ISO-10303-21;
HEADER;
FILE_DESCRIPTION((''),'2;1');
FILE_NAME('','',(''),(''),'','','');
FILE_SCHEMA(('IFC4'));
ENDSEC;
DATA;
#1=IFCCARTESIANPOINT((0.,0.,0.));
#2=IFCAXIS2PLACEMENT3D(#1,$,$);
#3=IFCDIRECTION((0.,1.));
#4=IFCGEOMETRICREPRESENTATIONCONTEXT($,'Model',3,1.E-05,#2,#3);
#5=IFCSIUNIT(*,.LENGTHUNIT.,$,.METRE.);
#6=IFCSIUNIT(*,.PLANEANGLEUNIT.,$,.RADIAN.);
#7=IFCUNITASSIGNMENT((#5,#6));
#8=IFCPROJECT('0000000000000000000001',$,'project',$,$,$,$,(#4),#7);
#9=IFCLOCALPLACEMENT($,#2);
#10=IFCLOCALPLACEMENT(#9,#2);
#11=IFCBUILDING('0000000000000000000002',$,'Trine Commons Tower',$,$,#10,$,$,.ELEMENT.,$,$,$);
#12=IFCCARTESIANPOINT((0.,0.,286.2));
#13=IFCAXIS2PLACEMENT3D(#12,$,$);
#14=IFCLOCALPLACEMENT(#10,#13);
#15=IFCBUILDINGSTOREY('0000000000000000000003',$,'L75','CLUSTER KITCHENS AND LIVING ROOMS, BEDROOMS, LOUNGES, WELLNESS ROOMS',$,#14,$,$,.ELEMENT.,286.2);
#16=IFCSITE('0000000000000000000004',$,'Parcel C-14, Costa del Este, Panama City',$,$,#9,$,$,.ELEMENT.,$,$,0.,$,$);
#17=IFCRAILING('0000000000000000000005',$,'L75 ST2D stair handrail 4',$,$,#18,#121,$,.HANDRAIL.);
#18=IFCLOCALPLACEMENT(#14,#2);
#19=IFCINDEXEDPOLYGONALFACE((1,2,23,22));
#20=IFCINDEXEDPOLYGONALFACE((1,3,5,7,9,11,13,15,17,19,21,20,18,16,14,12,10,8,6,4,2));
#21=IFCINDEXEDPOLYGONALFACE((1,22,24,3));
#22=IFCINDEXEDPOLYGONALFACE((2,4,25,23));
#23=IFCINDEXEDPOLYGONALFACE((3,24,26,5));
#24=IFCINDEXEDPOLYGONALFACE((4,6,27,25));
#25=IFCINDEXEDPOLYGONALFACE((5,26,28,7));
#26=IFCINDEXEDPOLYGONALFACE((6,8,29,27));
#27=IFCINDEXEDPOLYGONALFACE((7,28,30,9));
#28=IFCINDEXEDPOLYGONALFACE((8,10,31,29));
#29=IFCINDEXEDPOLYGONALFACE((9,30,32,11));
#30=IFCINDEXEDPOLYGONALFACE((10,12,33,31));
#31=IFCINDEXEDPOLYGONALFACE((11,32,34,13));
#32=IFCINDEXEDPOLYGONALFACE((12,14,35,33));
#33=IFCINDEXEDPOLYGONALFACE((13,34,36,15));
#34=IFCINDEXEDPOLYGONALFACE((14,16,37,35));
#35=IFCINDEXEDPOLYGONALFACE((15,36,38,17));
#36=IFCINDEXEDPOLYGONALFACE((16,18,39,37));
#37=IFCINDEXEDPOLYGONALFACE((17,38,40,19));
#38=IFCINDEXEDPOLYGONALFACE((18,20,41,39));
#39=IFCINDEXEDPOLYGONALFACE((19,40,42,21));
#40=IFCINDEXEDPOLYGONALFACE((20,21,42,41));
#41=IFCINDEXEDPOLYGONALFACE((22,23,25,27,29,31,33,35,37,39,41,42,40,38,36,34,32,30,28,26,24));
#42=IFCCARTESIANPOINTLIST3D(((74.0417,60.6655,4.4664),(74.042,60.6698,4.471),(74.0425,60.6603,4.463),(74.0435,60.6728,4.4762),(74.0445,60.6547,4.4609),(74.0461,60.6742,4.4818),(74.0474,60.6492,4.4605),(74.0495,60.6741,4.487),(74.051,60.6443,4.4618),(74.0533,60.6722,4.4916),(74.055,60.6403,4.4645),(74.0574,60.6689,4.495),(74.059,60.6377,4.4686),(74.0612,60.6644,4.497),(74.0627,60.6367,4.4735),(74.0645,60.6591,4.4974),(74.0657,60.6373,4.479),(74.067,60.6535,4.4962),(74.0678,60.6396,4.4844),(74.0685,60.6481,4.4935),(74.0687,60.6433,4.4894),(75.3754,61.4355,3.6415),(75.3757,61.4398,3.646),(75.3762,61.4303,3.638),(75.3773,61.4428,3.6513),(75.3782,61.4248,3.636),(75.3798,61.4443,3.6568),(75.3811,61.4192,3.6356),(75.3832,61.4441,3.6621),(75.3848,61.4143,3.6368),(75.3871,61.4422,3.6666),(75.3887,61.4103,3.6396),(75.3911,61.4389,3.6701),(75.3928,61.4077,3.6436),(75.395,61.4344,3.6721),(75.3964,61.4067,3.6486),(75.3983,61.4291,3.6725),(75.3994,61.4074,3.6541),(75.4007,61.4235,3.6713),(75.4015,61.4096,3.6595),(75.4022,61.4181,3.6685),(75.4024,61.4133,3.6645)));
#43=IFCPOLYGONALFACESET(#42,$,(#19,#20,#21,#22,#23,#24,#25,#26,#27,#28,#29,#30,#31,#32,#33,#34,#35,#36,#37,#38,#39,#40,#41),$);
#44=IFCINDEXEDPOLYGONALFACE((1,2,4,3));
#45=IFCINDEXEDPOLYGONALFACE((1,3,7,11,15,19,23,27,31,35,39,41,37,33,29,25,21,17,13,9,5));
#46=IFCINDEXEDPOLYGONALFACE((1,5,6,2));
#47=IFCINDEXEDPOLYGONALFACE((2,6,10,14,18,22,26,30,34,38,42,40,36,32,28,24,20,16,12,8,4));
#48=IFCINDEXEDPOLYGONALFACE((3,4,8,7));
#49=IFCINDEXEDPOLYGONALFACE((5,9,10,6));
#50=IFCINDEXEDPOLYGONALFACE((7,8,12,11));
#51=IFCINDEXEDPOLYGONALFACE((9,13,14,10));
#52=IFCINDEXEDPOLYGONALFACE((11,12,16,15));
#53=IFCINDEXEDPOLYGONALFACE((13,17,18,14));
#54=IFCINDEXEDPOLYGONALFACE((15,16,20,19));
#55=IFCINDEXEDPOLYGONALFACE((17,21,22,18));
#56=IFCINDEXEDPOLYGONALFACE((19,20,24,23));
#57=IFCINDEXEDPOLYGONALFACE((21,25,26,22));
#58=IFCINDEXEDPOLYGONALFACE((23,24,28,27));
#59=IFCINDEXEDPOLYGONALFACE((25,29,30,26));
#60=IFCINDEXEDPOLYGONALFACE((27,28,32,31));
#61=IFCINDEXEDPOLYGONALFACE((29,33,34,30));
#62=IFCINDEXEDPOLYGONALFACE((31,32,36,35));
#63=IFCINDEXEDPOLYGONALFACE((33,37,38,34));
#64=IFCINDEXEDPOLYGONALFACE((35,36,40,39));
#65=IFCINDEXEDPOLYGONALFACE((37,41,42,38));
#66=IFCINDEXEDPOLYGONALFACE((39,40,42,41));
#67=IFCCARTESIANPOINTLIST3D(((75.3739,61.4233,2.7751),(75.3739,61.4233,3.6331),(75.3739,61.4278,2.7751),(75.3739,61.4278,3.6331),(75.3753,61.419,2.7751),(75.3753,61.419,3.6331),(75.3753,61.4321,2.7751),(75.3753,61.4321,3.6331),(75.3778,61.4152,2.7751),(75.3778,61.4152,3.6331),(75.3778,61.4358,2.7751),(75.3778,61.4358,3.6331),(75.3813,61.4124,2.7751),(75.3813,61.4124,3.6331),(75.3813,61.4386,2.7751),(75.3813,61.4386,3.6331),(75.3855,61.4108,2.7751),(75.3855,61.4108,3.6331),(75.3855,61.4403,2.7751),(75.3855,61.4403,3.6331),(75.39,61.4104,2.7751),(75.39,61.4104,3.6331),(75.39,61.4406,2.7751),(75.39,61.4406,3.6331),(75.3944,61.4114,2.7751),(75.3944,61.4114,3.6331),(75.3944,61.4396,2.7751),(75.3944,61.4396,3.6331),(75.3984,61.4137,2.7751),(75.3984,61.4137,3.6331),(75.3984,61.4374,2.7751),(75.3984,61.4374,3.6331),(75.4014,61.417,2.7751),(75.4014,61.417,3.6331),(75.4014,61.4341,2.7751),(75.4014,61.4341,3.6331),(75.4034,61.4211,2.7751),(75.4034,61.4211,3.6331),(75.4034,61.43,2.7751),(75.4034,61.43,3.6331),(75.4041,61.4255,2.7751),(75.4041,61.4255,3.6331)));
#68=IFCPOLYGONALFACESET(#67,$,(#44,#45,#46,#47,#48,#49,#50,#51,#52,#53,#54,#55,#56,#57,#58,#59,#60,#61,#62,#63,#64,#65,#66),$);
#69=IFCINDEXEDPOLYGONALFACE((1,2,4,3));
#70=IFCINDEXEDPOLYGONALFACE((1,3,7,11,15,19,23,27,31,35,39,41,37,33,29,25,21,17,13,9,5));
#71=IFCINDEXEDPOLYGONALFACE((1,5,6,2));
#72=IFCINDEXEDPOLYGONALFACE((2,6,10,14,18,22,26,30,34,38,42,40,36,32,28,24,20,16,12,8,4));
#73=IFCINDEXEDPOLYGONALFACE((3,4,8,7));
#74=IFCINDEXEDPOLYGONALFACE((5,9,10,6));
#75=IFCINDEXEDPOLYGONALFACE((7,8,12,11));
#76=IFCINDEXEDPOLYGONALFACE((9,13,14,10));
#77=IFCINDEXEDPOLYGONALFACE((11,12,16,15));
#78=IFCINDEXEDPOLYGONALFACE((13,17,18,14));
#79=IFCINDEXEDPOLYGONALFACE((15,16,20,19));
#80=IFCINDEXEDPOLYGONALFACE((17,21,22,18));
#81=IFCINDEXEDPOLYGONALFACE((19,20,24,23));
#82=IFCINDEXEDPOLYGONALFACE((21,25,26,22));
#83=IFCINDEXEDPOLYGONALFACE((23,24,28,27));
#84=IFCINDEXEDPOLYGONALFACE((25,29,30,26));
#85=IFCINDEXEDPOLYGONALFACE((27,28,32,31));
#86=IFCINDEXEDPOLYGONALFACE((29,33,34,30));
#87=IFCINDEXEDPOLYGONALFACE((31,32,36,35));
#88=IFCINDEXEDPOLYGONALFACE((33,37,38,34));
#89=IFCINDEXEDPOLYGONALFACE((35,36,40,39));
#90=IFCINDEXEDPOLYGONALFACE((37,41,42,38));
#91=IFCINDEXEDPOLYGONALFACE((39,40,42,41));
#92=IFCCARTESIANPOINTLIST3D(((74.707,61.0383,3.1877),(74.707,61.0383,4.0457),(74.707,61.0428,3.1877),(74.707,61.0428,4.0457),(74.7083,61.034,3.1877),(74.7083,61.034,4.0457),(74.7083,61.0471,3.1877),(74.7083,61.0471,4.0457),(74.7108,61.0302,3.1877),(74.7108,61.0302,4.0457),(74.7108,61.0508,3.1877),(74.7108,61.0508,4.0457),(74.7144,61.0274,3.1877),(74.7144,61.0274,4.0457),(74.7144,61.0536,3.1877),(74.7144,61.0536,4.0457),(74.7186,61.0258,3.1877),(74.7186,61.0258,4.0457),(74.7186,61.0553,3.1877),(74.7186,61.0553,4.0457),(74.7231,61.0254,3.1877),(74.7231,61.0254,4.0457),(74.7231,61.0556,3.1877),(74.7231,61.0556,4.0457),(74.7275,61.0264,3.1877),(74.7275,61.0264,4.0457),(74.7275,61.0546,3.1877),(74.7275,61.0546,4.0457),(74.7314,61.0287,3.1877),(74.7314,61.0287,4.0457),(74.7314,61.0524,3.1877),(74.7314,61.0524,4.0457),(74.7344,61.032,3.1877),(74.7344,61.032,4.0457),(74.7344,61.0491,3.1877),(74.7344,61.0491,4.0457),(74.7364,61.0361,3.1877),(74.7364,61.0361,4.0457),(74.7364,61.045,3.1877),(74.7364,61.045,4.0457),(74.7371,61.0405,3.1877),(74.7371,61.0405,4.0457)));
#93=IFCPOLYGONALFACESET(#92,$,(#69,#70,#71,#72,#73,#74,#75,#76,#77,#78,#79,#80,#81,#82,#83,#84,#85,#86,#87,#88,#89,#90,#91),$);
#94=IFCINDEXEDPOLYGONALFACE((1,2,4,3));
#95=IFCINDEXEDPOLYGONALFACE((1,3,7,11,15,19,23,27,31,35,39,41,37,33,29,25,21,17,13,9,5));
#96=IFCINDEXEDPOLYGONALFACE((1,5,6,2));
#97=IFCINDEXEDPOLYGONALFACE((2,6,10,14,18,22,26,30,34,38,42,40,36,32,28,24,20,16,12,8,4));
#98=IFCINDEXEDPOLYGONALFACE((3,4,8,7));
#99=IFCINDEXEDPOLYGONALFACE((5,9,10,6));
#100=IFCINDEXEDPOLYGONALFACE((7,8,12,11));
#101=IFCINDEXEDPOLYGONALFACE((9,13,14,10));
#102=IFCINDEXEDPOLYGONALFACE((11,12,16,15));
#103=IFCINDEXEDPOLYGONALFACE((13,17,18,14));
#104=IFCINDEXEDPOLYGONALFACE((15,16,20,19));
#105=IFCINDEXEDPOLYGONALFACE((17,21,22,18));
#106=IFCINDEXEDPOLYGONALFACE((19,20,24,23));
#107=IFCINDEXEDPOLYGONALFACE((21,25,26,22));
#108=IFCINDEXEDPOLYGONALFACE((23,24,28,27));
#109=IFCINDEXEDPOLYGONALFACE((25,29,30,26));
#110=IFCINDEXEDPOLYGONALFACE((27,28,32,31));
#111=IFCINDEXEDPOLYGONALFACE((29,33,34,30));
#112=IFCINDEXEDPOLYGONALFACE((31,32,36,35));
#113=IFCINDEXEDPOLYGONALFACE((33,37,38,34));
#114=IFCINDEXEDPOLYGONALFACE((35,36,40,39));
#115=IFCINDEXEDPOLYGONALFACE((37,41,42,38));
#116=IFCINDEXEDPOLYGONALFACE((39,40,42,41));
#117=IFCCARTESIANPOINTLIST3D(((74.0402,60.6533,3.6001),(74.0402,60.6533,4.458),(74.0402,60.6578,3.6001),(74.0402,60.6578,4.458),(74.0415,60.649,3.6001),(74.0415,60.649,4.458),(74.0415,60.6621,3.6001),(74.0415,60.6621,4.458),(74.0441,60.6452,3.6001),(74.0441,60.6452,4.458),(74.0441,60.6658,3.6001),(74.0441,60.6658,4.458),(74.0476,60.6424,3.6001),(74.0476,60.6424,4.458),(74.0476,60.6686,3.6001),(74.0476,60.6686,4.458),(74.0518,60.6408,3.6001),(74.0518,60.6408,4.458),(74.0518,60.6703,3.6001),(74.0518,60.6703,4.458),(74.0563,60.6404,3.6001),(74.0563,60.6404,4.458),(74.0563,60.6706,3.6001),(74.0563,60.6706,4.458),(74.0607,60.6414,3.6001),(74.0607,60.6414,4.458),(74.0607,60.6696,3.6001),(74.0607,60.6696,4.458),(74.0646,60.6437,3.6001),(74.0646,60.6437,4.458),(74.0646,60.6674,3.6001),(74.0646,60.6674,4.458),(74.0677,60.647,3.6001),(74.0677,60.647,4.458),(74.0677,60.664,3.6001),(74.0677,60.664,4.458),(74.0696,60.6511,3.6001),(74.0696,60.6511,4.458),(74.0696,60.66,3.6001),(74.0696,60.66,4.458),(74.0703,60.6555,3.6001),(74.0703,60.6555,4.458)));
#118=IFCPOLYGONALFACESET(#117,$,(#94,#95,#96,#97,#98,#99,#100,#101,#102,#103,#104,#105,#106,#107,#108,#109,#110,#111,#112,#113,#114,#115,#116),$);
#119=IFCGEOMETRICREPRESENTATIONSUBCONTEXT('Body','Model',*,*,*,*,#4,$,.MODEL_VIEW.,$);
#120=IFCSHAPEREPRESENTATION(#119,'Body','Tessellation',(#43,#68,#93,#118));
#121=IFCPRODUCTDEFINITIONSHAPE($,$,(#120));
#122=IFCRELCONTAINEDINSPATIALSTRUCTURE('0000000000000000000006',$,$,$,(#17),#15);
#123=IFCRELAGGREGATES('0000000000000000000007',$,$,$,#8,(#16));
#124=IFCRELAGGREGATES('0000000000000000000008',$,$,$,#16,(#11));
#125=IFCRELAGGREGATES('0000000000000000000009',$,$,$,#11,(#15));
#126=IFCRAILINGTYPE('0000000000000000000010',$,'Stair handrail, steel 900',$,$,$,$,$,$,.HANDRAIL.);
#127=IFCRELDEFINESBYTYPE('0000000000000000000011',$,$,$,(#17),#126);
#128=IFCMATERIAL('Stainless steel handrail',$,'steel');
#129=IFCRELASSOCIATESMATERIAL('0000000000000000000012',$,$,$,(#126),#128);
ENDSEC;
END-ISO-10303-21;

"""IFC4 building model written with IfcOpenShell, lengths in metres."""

from ifc_helpers import new_model, si_unit, direction, frame, origin, origin_2d, place, context, subcontext, project, spatial, circle, extrude, material, type_object, element, save


model = new_model("IFC4")

# Units and contexts
model_context = context("Model", 3, precision=1e-05, world=origin(), true_north=direction((0.0, 1.0)))
body_context = subcontext(model_context, "Body", "Model", "MODEL_VIEW")
ifc_project = project(units=[si_unit("LENGTHUNIT", "METRE"), si_unit("PLANEANGLEUNIT", "RADIAN")], contexts=[model_context])

# Site, building, storey
site_placement = place(None, origin())
site = spatial("IfcSite", under=ifc_project, at=site_placement, Name="Parcel C-14, Costa del Este, Panama City", CompositionType="ELEMENT", RefElevation=0.0)
building_placement = place(site_placement, origin())
building = spatial("IfcBuilding", under=site, at=building_placement, Name="Trine Commons Tower", CompositionType="ELEMENT")
storey_placement = place(building_placement, frame((0.0, 0.0, 286.2)))
storey = spatial("IfcBuildingStorey", under=building, at=storey_placement, Name="L75", Description="CLUSTER KITCHENS AND LIVING ROOMS, BEDROOMS, LOUNGES, WELLNESS ROOMS", CompositionType="ELEMENT", Elevation=286.2)

# Railing
ifc_material_1 = material(Name="Stainless steel handrail", Category="steel")
railing_type_1 = type_object("IfcRailingType", Name="Stair handrail, steel 900", PredefinedType="HANDRAIL", material=ifc_material_1)
railing_1_placement = place(storey_placement, frame((75.3889, 61.4255, 2.7751)))
element("IfcRailing", 1, at=railing_1_placement, inside=storey, type_object=railing_type_1, Name="L75 ST2D stair handrail 4", PredefinedType="HANDRAIL", context=body_context, shape_type="SweptSolid", body=[
    extrude(circle(Radius=0.021, at=origin_2d()), frame((0.0, 0.0, 0.8789), z_axis=(-0.763405, -0.440743, 0.472185), x_axis=(0.499992, -0.86603, 0.0)), (0.0, 0.0, 1.0), 1.7471),
    extrude(circle(Radius=0.0151, at=origin_2d()), origin(), (0.0, 0.0, 1.0), 0.8579),
    extrude(circle(Radius=0.0151, at=origin_2d()), frame((-0.667, -0.385, 0.4126)), (0.0, 0.0, 1.0), 0.8579),
    extrude(circle(Radius=0.0151, at=origin_2d()), frame((-1.3337, -0.77, 0.825)), (0.0, 0.0, 1.0), 0.8579),
])

save(model, "model.ifc")
